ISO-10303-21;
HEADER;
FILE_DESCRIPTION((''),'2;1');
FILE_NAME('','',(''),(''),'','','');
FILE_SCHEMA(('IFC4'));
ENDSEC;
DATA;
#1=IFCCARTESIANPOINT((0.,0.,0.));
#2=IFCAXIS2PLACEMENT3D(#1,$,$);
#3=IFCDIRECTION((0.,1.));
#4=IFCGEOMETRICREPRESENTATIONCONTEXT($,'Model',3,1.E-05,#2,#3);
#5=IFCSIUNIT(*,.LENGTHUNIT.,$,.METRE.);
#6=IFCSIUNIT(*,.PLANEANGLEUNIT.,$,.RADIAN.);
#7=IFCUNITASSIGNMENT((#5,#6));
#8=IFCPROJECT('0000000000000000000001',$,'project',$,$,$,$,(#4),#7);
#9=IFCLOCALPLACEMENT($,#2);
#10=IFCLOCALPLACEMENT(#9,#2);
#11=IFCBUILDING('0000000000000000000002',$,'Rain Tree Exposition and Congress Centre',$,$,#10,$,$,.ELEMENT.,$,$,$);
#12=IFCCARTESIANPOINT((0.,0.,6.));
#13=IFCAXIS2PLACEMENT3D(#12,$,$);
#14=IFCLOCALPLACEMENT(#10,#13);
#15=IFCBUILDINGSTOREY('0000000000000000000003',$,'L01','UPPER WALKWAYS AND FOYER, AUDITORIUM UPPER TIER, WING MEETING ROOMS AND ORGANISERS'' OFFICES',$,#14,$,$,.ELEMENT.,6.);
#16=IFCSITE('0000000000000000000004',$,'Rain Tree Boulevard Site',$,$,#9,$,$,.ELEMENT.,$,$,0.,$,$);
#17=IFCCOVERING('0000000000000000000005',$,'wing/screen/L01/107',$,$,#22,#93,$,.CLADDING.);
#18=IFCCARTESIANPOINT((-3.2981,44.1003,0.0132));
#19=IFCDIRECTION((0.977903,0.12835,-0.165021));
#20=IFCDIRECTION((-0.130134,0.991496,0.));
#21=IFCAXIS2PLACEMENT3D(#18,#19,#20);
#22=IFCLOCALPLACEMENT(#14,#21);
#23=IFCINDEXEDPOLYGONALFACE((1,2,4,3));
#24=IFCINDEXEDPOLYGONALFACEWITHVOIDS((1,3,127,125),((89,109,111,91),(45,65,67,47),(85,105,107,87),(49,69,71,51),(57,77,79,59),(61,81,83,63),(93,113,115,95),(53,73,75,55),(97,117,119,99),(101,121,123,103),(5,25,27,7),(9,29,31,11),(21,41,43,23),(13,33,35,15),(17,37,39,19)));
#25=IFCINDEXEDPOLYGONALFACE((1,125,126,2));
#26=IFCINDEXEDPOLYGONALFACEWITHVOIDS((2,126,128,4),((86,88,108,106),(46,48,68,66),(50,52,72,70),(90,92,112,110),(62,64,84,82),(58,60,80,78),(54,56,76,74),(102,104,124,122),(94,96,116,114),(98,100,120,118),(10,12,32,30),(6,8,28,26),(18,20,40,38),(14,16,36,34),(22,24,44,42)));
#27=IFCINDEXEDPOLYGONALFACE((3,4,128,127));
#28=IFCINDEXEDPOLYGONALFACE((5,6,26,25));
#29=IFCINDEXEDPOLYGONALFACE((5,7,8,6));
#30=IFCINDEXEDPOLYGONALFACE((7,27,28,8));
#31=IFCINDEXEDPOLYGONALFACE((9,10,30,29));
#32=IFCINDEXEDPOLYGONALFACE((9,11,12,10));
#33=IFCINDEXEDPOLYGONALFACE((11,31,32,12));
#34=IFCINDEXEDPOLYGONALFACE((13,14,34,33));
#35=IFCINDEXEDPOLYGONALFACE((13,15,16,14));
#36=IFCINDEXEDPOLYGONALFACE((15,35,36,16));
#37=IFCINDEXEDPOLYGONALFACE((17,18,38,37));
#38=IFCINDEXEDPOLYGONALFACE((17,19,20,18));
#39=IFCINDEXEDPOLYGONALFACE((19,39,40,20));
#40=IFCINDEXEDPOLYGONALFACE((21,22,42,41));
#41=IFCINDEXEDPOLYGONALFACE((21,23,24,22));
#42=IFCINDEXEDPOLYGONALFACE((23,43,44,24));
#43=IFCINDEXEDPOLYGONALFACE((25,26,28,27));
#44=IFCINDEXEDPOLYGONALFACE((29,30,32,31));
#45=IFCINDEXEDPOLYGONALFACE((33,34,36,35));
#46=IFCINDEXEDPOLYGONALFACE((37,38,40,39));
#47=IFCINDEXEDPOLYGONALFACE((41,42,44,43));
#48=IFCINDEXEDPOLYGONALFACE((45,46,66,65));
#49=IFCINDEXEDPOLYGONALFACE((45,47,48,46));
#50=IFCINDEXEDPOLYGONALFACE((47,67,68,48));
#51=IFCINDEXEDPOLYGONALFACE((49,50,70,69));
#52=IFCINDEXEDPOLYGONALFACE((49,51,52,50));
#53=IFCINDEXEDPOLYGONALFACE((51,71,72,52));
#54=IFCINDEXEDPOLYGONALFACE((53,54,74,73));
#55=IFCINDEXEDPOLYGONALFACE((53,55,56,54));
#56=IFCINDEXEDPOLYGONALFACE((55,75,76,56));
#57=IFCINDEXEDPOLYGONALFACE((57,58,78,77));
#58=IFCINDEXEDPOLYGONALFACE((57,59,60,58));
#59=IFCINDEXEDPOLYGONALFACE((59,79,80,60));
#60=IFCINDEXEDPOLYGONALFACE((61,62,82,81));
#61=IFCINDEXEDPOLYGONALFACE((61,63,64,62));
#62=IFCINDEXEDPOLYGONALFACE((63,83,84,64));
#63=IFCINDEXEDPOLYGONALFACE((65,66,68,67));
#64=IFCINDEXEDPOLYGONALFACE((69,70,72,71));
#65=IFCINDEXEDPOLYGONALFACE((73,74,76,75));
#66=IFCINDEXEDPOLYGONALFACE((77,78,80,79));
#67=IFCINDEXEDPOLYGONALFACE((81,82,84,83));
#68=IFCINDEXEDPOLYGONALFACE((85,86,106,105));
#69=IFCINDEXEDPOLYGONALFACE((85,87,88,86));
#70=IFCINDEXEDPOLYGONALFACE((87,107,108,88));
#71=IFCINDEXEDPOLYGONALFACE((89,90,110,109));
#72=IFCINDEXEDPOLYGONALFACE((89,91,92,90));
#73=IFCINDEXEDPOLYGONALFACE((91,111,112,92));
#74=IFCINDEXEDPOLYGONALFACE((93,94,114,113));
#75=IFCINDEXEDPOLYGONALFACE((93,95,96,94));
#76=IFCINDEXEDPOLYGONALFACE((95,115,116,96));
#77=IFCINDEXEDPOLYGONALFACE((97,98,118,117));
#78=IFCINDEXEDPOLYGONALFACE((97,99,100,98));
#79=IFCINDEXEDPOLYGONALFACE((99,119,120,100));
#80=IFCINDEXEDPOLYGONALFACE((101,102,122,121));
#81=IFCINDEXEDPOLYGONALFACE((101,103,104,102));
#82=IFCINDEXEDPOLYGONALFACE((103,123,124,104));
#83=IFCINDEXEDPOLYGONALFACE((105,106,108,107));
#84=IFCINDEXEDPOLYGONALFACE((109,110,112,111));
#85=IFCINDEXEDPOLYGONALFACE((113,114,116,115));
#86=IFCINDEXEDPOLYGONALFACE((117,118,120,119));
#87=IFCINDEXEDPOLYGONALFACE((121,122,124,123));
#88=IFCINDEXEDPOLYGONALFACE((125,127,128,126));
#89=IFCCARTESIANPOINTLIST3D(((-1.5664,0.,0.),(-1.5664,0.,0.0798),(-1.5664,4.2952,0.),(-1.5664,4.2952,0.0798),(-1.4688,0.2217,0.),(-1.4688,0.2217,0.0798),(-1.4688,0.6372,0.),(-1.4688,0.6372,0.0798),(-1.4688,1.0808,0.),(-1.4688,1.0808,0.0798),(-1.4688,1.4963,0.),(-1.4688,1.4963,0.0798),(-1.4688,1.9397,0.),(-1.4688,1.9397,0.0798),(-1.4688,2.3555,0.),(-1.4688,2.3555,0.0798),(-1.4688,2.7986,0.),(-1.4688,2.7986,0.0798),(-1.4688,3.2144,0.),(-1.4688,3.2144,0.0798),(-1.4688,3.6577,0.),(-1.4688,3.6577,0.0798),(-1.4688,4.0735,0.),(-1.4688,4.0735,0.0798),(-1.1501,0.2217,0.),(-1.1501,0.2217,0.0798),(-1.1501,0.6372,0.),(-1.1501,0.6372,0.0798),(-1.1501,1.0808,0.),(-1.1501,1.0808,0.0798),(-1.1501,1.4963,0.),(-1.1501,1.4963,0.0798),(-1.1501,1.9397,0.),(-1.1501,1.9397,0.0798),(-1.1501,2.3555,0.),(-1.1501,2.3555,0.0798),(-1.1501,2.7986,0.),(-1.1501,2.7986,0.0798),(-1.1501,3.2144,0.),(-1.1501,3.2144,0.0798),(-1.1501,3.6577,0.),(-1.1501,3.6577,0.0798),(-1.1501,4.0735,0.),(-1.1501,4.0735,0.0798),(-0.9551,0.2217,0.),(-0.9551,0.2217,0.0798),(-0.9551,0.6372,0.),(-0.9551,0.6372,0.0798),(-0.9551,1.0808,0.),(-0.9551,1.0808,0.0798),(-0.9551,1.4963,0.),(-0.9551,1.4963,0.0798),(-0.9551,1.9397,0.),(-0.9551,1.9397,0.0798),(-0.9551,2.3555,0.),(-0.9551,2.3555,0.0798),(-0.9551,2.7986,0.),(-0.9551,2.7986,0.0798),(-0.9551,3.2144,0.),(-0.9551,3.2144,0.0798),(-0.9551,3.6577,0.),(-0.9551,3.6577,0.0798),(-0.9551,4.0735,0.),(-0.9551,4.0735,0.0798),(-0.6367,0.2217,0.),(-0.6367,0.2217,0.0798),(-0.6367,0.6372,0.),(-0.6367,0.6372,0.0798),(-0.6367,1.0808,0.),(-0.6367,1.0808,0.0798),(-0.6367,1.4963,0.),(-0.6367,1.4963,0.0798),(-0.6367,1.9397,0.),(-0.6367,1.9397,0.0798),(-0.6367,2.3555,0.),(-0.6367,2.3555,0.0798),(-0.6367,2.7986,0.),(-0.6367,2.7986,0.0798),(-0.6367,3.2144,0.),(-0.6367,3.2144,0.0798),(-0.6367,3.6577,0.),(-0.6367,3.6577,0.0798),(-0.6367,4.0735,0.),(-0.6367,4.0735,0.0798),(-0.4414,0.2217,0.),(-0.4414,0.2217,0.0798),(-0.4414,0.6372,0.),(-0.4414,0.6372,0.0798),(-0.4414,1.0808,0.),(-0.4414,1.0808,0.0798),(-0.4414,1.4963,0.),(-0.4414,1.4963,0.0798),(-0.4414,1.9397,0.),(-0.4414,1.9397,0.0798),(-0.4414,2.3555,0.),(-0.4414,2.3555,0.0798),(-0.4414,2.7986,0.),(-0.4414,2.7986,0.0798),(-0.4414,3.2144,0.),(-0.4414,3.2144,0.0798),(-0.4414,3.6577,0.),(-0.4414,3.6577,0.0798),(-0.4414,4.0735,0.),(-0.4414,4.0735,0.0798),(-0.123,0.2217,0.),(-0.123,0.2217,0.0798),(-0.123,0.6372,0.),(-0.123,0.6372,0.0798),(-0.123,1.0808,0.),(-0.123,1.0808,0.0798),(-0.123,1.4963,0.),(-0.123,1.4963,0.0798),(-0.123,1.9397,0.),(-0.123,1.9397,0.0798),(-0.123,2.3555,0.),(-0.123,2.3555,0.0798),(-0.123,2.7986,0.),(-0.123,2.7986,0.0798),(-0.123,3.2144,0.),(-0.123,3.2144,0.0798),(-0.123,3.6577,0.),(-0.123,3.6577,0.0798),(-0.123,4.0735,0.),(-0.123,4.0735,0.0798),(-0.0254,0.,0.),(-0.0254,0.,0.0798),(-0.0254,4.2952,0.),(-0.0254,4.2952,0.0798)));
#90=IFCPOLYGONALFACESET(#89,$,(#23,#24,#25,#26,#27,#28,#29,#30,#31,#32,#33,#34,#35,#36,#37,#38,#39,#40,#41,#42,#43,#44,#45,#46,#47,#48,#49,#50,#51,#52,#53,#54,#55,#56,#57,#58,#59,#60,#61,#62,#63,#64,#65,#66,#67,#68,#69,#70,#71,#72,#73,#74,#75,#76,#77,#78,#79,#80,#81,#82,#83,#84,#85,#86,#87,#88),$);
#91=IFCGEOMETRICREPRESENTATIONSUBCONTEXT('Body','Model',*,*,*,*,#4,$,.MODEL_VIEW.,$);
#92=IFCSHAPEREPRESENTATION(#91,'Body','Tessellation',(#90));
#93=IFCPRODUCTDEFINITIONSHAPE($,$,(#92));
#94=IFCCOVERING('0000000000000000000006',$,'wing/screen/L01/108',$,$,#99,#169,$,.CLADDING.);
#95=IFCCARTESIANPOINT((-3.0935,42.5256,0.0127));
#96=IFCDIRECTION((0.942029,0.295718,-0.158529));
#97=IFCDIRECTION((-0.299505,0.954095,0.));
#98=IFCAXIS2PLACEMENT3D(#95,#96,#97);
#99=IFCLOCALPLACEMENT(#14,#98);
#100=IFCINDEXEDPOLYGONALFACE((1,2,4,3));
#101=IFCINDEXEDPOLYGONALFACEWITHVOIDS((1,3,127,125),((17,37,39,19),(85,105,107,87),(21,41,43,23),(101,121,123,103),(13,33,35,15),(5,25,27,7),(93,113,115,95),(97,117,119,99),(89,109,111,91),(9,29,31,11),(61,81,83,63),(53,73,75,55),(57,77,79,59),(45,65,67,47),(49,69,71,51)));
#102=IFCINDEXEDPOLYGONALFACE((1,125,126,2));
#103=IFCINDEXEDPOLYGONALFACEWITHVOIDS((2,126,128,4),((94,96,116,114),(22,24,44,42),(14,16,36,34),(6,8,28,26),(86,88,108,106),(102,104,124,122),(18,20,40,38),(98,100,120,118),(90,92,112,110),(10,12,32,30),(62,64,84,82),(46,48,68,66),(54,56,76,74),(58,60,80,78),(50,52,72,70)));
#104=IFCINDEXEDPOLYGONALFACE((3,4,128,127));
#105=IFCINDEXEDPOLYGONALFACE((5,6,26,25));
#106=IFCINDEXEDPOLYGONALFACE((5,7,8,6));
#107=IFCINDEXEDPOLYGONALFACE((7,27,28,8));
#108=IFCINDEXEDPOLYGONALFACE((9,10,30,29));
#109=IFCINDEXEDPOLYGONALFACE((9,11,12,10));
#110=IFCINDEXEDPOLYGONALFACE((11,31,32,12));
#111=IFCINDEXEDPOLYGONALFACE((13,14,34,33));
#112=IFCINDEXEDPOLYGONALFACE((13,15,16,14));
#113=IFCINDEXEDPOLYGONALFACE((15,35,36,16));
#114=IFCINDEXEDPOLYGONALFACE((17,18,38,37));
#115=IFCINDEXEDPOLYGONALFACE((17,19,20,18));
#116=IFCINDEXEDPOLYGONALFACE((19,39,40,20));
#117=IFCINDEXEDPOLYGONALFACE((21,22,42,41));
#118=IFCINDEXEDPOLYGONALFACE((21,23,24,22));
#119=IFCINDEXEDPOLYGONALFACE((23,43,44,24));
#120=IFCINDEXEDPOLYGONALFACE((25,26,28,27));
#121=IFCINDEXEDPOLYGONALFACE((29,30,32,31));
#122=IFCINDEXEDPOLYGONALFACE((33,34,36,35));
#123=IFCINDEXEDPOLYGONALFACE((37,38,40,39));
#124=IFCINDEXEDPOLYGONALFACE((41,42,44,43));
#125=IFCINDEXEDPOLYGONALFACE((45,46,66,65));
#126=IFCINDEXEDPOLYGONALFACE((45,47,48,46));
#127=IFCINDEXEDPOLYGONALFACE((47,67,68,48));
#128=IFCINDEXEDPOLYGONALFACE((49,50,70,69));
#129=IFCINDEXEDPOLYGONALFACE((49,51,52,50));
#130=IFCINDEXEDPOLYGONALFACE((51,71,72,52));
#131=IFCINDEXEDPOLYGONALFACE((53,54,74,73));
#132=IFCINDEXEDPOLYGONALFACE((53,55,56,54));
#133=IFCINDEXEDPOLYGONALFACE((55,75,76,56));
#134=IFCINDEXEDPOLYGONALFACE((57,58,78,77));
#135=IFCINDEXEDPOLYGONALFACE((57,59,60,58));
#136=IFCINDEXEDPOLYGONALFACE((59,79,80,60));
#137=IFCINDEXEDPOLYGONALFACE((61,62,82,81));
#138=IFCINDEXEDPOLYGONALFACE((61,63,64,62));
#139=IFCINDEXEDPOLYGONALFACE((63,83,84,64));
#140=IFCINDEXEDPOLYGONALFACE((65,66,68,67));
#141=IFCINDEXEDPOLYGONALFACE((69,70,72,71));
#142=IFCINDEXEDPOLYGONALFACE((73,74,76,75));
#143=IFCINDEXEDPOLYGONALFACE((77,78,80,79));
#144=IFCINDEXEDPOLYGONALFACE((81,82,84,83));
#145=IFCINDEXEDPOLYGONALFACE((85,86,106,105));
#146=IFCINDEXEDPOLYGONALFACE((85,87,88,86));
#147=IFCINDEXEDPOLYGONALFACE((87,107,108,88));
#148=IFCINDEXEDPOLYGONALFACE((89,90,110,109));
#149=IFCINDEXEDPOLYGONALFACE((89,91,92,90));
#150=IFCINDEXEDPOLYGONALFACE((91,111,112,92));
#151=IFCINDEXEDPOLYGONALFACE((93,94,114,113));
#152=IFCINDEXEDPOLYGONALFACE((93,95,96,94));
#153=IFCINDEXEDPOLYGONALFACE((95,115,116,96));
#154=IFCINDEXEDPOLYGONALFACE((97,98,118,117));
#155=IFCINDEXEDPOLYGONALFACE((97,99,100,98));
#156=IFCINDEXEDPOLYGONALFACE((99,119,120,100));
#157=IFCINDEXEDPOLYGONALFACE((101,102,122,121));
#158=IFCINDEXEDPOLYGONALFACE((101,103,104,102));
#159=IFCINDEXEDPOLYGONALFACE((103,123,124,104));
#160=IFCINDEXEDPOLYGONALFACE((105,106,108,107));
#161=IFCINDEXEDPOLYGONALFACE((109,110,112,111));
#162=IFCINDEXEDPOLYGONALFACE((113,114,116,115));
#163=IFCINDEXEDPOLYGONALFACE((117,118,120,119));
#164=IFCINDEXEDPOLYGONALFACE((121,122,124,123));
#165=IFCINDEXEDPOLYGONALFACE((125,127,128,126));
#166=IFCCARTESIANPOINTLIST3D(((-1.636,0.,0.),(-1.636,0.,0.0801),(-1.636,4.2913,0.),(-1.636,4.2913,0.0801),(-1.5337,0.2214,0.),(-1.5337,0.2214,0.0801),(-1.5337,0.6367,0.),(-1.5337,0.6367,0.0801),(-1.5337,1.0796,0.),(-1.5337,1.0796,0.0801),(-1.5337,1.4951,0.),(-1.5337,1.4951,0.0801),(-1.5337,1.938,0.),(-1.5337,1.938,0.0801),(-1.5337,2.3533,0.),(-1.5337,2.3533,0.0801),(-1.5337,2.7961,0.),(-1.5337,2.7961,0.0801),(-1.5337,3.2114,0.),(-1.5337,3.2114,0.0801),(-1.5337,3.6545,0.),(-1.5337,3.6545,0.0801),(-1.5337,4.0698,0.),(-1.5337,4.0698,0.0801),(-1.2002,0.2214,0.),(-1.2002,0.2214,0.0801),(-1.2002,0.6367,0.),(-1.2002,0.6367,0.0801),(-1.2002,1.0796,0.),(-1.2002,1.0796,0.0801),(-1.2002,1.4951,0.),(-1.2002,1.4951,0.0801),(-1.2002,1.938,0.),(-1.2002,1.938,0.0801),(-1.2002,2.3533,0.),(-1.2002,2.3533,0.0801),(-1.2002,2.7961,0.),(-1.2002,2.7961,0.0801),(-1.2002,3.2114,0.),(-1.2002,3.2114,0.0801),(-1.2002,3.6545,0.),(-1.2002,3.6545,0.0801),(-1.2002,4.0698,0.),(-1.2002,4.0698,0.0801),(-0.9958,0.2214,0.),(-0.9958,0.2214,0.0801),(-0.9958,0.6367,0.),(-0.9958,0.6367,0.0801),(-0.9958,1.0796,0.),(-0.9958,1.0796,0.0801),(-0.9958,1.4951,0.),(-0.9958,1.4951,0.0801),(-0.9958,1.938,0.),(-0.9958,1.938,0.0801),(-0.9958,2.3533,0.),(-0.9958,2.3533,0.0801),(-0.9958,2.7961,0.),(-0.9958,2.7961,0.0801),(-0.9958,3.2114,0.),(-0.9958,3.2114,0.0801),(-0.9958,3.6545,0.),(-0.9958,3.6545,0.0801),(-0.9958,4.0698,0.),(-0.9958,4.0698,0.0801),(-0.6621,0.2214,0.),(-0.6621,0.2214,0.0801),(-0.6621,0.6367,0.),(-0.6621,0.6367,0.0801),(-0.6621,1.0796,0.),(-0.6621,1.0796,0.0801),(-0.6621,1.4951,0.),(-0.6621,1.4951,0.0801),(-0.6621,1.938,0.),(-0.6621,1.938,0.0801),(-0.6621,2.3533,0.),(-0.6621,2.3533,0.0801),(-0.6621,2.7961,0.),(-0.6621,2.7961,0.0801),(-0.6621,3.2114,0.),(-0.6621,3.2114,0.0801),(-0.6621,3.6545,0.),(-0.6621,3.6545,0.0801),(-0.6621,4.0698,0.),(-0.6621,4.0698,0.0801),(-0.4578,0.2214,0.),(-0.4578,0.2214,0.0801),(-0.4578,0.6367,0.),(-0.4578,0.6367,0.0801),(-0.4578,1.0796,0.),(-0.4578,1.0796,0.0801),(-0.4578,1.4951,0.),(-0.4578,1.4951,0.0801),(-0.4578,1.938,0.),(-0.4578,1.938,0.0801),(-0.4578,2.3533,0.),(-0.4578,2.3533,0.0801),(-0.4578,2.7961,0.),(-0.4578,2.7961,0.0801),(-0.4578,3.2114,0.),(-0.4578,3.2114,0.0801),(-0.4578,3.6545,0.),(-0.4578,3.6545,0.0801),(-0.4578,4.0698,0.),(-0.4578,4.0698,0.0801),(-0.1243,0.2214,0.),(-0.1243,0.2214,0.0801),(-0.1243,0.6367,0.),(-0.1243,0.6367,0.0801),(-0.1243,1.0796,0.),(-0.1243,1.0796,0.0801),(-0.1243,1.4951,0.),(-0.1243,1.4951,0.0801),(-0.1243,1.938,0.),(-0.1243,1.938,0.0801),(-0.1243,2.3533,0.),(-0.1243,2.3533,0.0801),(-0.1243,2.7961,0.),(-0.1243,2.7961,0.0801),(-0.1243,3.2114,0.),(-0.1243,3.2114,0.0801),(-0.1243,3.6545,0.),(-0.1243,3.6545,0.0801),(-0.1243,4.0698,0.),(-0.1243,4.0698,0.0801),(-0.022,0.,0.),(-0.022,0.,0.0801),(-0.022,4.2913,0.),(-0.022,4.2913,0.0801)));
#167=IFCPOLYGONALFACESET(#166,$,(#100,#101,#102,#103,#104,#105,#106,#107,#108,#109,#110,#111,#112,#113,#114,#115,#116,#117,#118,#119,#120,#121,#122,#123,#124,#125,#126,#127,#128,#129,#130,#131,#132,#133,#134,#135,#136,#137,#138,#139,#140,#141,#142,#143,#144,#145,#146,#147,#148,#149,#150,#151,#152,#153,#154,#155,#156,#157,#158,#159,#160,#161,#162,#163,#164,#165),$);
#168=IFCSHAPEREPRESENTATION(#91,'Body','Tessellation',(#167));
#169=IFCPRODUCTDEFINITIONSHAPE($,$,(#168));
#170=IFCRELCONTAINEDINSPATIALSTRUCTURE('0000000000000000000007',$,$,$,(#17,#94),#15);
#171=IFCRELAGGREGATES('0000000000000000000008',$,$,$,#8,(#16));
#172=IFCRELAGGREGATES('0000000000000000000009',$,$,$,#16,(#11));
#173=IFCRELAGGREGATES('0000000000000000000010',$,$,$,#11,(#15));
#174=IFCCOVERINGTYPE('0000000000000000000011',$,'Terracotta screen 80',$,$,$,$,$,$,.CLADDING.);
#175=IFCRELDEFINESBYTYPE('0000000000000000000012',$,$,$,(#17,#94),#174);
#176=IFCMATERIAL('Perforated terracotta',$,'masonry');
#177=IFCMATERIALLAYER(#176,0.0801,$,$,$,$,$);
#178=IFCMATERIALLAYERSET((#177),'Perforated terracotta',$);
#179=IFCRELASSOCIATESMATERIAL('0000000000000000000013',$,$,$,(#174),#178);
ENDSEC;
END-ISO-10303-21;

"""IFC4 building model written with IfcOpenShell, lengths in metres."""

from ifc_helpers import new_model, si_unit, direction, frame, origin, place, context, subcontext, project, spatial, polyline, outline, extrude, material, layer, layer_set, type_object, element, save


model = new_model("IFC4")

# Units and contexts
model_context = context("Model", 3, precision=1e-05, world=origin(), true_north=direction((0.0, 1.0)))
body_context = subcontext(model_context, "Body", "Model", "MODEL_VIEW")
ifc_project = project(units=[si_unit("LENGTHUNIT", "METRE"), si_unit("PLANEANGLEUNIT", "RADIAN")], contexts=[model_context])

# Site, building, storey
site_placement = place(None, origin())
site = spatial("IfcSite", under=ifc_project, at=site_placement, Name="Rain Tree Boulevard Site", CompositionType="ELEMENT", RefElevation=0.0)
building_placement = place(site_placement, origin())
building = spatial("IfcBuilding", under=site, at=building_placement, Name="Rain Tree Exposition and Congress Centre", CompositionType="ELEMENT")
storey_placement = place(building_placement, frame((0.0, 0.0, 6.0)))
storey = spatial("IfcBuildingStorey", under=building, at=storey_placement, Name="L01", Description="UPPER WALKWAYS AND FOYER, AUDITORIUM UPPER TIER, WING MEETING ROOMS AND ORGANISERS' OFFICES", CompositionType="ELEMENT", Elevation=6.0)

# Coverings
ifc_material_1 = material(Name="Perforated terracotta", Category="masonry")
ifc_layer_1 = layer(ifc_material_1, 0.0801)
ifc_layer_set_1 = layer_set([ifc_layer_1], Name="Perforated terracotta")
covering_type = type_object("IfcCoveringType", Name="Terracotta screen 80", PredefinedType="CLADDING", material=ifc_layer_set_1)
covering_1_placement = place(storey_placement, frame((-3.2981, 44.1003, 0.0132), z_axis=(0.977903, 0.12835, -0.165021), x_axis=(-0.130134, 0.991496, 0.0)))
element("IfcCovering", 1, at=covering_1_placement, inside=storey, type_object=covering_type, Name="wing/screen/L01/107", PredefinedType="CLADDING", context=body_context, shape_type="SweptSolid", body=[
    extrude(outline(polyline([(-1.5664, 0.0), (-1.5664, 4.2952), (-0.0254, 4.2952), (-0.0254, 0.0), (-1.5664, 0.0)]), holes=[polyline([(-0.123, 0.2217), (-0.123, 0.6372), (-0.4414, 0.6372), (-0.4414, 0.2217), (-0.123, 0.2217)]), polyline([(-0.123, 1.0808), (-0.123, 1.4963), (-0.4414, 1.4963), (-0.4414, 1.0808), (-0.123, 1.0808)]), polyline([(-0.123, 1.9397), (-0.123, 2.3555), (-0.4414, 2.3555), (-0.4414, 1.9397), (-0.123, 1.9397)]), polyline([(-0.123, 2.7986), (-0.123, 3.2144), (-0.4414, 3.2144), (-0.4414, 2.7986), (-0.123, 2.7986)]), polyline([(-0.123, 3.6577), (-0.123, 4.0735), (-0.4414, 4.0735), (-0.4414, 3.6577), (-0.123, 3.6577)]), polyline([(-0.6367, 0.2217), (-0.6367, 0.6372), (-0.9551, 0.6372), (-0.9551, 0.2217), (-0.6367, 0.2217)]), polyline([(-0.6367, 1.0808), (-0.6367, 1.4963), (-0.9551, 1.4963), (-0.9551, 1.0808), (-0.6367, 1.0808)]), polyline([(-0.6367, 1.9397), (-0.6367, 2.3555), (-0.9551, 2.3555), (-0.9551, 1.9397), (-0.6367, 1.9397)]), polyline([(-0.6367, 2.7986), (-0.6367, 3.2144), (-0.9551, 3.2144), (-0.9551, 2.7986), (-0.6367, 2.7986)]), polyline([(-0.6367, 3.6577), (-0.6367, 4.0735), (-0.9551, 4.0735), (-0.9551, 3.6577), (-0.6367, 3.6577)]), polyline([(-1.1501, 0.2217), (-1.1501, 0.6372), (-1.4688, 0.6372), (-1.4688, 0.2217), (-1.1501, 0.2217)]), polyline([(-1.1501, 1.0808), (-1.1501, 1.4963), (-1.4688, 1.4963), (-1.4688, 1.0808), (-1.1501, 1.0808)]), polyline([(-1.1501, 1.9397), (-1.1501, 2.3555), (-1.4688, 2.3555), (-1.4688, 1.9397), (-1.1501, 1.9397)]), polyline([(-1.1501, 2.7986), (-1.1501, 3.2144), (-1.4688, 3.2144), (-1.4688, 2.7986), (-1.1501, 2.7986)]), polyline([(-1.1501, 3.6577), (-1.1501, 4.0735), (-1.4688, 4.0735), (-1.4688, 3.6577), (-1.1501, 3.6577)])]), origin(), (0.0, 0.0, 1.0), 0.0798),
])
covering_2_placement = place(storey_placement, frame((-3.0935, 42.5256, 0.0127), z_axis=(0.942029, 0.295718, -0.158529), x_axis=(-0.299505, 0.954095, 0.0)))
element("IfcCovering", 2, at=covering_2_placement, inside=storey, type_object=covering_type, Name="wing/screen/L01/108", PredefinedType="CLADDING", context=body_context, shape_type="SweptSolid", body=[
    extrude(outline(polyline([(-1.636, 0.0), (-1.636, 4.2913), (-0.022, 4.2913), (-0.022, 0.0), (-1.636, 0.0)]), holes=[polyline([(-0.1243, 0.2214), (-0.1243, 0.6367), (-0.4578, 0.6367), (-0.4578, 0.2214), (-0.1243, 0.2214)]), polyline([(-0.1243, 1.0796), (-0.1243, 1.4951), (-0.4578, 1.4951), (-0.4578, 1.0796), (-0.1243, 1.0796)]), polyline([(-0.1243, 1.938), (-0.1243, 2.3533), (-0.4578, 2.3533), (-0.4578, 1.938), (-0.1243, 1.938)]), polyline([(-0.1243, 2.7961), (-0.1243, 3.2114), (-0.4578, 3.2114), (-0.4578, 2.7961), (-0.1243, 2.7961)]), polyline([(-0.1243, 3.6545), (-0.1243, 4.0698), (-0.4578, 4.0698), (-0.4578, 3.6545), (-0.1243, 3.6545)]), polyline([(-0.6621, 0.2214), (-0.6621, 0.6367), (-0.9958, 0.6367), (-0.9958, 0.2214), (-0.6621, 0.2214)]), polyline([(-0.6621, 1.0796), (-0.6621, 1.4951), (-0.9958, 1.4951), (-0.9958, 1.0796), (-0.6621, 1.0796)]), polyline([(-0.6621, 1.938), (-0.6621, 2.3533), (-0.9958, 2.3533), (-0.9958, 1.938), (-0.6621, 1.938)]), polyline([(-0.6621, 2.7961), (-0.6621, 3.2114), (-0.9958, 3.2114), (-0.9958, 2.7961), (-0.6621, 2.7961)]), polyline([(-0.6621, 3.6545), (-0.6621, 4.0698), (-0.9958, 4.0698), (-0.9958, 3.6545), (-0.6621, 3.6545)]), polyline([(-1.2002, 0.2214), (-1.2002, 0.6367), (-1.5337, 0.6367), (-1.5337, 0.2214), (-1.2002, 0.2214)]), polyline([(-1.2002, 1.0796), (-1.2002, 1.4951), (-1.5337, 1.4951), (-1.5337, 1.0796), (-1.2002, 1.0796)]), polyline([(-1.2002, 1.938), (-1.2002, 2.3533), (-1.5337, 2.3533), (-1.5337, 1.938), (-1.2002, 1.938)]), polyline([(-1.2002, 2.7961), (-1.2002, 3.2114), (-1.5337, 3.2114), (-1.5337, 2.7961), (-1.2002, 2.7961)]), polyline([(-1.2002, 3.6545), (-1.2002, 4.0698), (-1.5337, 4.0698), (-1.5337, 3.6545), (-1.2002, 3.6545)])]), origin(), (0.0, 0.0, 1.0), 0.0801),
])

save(model, "model.ifc")
